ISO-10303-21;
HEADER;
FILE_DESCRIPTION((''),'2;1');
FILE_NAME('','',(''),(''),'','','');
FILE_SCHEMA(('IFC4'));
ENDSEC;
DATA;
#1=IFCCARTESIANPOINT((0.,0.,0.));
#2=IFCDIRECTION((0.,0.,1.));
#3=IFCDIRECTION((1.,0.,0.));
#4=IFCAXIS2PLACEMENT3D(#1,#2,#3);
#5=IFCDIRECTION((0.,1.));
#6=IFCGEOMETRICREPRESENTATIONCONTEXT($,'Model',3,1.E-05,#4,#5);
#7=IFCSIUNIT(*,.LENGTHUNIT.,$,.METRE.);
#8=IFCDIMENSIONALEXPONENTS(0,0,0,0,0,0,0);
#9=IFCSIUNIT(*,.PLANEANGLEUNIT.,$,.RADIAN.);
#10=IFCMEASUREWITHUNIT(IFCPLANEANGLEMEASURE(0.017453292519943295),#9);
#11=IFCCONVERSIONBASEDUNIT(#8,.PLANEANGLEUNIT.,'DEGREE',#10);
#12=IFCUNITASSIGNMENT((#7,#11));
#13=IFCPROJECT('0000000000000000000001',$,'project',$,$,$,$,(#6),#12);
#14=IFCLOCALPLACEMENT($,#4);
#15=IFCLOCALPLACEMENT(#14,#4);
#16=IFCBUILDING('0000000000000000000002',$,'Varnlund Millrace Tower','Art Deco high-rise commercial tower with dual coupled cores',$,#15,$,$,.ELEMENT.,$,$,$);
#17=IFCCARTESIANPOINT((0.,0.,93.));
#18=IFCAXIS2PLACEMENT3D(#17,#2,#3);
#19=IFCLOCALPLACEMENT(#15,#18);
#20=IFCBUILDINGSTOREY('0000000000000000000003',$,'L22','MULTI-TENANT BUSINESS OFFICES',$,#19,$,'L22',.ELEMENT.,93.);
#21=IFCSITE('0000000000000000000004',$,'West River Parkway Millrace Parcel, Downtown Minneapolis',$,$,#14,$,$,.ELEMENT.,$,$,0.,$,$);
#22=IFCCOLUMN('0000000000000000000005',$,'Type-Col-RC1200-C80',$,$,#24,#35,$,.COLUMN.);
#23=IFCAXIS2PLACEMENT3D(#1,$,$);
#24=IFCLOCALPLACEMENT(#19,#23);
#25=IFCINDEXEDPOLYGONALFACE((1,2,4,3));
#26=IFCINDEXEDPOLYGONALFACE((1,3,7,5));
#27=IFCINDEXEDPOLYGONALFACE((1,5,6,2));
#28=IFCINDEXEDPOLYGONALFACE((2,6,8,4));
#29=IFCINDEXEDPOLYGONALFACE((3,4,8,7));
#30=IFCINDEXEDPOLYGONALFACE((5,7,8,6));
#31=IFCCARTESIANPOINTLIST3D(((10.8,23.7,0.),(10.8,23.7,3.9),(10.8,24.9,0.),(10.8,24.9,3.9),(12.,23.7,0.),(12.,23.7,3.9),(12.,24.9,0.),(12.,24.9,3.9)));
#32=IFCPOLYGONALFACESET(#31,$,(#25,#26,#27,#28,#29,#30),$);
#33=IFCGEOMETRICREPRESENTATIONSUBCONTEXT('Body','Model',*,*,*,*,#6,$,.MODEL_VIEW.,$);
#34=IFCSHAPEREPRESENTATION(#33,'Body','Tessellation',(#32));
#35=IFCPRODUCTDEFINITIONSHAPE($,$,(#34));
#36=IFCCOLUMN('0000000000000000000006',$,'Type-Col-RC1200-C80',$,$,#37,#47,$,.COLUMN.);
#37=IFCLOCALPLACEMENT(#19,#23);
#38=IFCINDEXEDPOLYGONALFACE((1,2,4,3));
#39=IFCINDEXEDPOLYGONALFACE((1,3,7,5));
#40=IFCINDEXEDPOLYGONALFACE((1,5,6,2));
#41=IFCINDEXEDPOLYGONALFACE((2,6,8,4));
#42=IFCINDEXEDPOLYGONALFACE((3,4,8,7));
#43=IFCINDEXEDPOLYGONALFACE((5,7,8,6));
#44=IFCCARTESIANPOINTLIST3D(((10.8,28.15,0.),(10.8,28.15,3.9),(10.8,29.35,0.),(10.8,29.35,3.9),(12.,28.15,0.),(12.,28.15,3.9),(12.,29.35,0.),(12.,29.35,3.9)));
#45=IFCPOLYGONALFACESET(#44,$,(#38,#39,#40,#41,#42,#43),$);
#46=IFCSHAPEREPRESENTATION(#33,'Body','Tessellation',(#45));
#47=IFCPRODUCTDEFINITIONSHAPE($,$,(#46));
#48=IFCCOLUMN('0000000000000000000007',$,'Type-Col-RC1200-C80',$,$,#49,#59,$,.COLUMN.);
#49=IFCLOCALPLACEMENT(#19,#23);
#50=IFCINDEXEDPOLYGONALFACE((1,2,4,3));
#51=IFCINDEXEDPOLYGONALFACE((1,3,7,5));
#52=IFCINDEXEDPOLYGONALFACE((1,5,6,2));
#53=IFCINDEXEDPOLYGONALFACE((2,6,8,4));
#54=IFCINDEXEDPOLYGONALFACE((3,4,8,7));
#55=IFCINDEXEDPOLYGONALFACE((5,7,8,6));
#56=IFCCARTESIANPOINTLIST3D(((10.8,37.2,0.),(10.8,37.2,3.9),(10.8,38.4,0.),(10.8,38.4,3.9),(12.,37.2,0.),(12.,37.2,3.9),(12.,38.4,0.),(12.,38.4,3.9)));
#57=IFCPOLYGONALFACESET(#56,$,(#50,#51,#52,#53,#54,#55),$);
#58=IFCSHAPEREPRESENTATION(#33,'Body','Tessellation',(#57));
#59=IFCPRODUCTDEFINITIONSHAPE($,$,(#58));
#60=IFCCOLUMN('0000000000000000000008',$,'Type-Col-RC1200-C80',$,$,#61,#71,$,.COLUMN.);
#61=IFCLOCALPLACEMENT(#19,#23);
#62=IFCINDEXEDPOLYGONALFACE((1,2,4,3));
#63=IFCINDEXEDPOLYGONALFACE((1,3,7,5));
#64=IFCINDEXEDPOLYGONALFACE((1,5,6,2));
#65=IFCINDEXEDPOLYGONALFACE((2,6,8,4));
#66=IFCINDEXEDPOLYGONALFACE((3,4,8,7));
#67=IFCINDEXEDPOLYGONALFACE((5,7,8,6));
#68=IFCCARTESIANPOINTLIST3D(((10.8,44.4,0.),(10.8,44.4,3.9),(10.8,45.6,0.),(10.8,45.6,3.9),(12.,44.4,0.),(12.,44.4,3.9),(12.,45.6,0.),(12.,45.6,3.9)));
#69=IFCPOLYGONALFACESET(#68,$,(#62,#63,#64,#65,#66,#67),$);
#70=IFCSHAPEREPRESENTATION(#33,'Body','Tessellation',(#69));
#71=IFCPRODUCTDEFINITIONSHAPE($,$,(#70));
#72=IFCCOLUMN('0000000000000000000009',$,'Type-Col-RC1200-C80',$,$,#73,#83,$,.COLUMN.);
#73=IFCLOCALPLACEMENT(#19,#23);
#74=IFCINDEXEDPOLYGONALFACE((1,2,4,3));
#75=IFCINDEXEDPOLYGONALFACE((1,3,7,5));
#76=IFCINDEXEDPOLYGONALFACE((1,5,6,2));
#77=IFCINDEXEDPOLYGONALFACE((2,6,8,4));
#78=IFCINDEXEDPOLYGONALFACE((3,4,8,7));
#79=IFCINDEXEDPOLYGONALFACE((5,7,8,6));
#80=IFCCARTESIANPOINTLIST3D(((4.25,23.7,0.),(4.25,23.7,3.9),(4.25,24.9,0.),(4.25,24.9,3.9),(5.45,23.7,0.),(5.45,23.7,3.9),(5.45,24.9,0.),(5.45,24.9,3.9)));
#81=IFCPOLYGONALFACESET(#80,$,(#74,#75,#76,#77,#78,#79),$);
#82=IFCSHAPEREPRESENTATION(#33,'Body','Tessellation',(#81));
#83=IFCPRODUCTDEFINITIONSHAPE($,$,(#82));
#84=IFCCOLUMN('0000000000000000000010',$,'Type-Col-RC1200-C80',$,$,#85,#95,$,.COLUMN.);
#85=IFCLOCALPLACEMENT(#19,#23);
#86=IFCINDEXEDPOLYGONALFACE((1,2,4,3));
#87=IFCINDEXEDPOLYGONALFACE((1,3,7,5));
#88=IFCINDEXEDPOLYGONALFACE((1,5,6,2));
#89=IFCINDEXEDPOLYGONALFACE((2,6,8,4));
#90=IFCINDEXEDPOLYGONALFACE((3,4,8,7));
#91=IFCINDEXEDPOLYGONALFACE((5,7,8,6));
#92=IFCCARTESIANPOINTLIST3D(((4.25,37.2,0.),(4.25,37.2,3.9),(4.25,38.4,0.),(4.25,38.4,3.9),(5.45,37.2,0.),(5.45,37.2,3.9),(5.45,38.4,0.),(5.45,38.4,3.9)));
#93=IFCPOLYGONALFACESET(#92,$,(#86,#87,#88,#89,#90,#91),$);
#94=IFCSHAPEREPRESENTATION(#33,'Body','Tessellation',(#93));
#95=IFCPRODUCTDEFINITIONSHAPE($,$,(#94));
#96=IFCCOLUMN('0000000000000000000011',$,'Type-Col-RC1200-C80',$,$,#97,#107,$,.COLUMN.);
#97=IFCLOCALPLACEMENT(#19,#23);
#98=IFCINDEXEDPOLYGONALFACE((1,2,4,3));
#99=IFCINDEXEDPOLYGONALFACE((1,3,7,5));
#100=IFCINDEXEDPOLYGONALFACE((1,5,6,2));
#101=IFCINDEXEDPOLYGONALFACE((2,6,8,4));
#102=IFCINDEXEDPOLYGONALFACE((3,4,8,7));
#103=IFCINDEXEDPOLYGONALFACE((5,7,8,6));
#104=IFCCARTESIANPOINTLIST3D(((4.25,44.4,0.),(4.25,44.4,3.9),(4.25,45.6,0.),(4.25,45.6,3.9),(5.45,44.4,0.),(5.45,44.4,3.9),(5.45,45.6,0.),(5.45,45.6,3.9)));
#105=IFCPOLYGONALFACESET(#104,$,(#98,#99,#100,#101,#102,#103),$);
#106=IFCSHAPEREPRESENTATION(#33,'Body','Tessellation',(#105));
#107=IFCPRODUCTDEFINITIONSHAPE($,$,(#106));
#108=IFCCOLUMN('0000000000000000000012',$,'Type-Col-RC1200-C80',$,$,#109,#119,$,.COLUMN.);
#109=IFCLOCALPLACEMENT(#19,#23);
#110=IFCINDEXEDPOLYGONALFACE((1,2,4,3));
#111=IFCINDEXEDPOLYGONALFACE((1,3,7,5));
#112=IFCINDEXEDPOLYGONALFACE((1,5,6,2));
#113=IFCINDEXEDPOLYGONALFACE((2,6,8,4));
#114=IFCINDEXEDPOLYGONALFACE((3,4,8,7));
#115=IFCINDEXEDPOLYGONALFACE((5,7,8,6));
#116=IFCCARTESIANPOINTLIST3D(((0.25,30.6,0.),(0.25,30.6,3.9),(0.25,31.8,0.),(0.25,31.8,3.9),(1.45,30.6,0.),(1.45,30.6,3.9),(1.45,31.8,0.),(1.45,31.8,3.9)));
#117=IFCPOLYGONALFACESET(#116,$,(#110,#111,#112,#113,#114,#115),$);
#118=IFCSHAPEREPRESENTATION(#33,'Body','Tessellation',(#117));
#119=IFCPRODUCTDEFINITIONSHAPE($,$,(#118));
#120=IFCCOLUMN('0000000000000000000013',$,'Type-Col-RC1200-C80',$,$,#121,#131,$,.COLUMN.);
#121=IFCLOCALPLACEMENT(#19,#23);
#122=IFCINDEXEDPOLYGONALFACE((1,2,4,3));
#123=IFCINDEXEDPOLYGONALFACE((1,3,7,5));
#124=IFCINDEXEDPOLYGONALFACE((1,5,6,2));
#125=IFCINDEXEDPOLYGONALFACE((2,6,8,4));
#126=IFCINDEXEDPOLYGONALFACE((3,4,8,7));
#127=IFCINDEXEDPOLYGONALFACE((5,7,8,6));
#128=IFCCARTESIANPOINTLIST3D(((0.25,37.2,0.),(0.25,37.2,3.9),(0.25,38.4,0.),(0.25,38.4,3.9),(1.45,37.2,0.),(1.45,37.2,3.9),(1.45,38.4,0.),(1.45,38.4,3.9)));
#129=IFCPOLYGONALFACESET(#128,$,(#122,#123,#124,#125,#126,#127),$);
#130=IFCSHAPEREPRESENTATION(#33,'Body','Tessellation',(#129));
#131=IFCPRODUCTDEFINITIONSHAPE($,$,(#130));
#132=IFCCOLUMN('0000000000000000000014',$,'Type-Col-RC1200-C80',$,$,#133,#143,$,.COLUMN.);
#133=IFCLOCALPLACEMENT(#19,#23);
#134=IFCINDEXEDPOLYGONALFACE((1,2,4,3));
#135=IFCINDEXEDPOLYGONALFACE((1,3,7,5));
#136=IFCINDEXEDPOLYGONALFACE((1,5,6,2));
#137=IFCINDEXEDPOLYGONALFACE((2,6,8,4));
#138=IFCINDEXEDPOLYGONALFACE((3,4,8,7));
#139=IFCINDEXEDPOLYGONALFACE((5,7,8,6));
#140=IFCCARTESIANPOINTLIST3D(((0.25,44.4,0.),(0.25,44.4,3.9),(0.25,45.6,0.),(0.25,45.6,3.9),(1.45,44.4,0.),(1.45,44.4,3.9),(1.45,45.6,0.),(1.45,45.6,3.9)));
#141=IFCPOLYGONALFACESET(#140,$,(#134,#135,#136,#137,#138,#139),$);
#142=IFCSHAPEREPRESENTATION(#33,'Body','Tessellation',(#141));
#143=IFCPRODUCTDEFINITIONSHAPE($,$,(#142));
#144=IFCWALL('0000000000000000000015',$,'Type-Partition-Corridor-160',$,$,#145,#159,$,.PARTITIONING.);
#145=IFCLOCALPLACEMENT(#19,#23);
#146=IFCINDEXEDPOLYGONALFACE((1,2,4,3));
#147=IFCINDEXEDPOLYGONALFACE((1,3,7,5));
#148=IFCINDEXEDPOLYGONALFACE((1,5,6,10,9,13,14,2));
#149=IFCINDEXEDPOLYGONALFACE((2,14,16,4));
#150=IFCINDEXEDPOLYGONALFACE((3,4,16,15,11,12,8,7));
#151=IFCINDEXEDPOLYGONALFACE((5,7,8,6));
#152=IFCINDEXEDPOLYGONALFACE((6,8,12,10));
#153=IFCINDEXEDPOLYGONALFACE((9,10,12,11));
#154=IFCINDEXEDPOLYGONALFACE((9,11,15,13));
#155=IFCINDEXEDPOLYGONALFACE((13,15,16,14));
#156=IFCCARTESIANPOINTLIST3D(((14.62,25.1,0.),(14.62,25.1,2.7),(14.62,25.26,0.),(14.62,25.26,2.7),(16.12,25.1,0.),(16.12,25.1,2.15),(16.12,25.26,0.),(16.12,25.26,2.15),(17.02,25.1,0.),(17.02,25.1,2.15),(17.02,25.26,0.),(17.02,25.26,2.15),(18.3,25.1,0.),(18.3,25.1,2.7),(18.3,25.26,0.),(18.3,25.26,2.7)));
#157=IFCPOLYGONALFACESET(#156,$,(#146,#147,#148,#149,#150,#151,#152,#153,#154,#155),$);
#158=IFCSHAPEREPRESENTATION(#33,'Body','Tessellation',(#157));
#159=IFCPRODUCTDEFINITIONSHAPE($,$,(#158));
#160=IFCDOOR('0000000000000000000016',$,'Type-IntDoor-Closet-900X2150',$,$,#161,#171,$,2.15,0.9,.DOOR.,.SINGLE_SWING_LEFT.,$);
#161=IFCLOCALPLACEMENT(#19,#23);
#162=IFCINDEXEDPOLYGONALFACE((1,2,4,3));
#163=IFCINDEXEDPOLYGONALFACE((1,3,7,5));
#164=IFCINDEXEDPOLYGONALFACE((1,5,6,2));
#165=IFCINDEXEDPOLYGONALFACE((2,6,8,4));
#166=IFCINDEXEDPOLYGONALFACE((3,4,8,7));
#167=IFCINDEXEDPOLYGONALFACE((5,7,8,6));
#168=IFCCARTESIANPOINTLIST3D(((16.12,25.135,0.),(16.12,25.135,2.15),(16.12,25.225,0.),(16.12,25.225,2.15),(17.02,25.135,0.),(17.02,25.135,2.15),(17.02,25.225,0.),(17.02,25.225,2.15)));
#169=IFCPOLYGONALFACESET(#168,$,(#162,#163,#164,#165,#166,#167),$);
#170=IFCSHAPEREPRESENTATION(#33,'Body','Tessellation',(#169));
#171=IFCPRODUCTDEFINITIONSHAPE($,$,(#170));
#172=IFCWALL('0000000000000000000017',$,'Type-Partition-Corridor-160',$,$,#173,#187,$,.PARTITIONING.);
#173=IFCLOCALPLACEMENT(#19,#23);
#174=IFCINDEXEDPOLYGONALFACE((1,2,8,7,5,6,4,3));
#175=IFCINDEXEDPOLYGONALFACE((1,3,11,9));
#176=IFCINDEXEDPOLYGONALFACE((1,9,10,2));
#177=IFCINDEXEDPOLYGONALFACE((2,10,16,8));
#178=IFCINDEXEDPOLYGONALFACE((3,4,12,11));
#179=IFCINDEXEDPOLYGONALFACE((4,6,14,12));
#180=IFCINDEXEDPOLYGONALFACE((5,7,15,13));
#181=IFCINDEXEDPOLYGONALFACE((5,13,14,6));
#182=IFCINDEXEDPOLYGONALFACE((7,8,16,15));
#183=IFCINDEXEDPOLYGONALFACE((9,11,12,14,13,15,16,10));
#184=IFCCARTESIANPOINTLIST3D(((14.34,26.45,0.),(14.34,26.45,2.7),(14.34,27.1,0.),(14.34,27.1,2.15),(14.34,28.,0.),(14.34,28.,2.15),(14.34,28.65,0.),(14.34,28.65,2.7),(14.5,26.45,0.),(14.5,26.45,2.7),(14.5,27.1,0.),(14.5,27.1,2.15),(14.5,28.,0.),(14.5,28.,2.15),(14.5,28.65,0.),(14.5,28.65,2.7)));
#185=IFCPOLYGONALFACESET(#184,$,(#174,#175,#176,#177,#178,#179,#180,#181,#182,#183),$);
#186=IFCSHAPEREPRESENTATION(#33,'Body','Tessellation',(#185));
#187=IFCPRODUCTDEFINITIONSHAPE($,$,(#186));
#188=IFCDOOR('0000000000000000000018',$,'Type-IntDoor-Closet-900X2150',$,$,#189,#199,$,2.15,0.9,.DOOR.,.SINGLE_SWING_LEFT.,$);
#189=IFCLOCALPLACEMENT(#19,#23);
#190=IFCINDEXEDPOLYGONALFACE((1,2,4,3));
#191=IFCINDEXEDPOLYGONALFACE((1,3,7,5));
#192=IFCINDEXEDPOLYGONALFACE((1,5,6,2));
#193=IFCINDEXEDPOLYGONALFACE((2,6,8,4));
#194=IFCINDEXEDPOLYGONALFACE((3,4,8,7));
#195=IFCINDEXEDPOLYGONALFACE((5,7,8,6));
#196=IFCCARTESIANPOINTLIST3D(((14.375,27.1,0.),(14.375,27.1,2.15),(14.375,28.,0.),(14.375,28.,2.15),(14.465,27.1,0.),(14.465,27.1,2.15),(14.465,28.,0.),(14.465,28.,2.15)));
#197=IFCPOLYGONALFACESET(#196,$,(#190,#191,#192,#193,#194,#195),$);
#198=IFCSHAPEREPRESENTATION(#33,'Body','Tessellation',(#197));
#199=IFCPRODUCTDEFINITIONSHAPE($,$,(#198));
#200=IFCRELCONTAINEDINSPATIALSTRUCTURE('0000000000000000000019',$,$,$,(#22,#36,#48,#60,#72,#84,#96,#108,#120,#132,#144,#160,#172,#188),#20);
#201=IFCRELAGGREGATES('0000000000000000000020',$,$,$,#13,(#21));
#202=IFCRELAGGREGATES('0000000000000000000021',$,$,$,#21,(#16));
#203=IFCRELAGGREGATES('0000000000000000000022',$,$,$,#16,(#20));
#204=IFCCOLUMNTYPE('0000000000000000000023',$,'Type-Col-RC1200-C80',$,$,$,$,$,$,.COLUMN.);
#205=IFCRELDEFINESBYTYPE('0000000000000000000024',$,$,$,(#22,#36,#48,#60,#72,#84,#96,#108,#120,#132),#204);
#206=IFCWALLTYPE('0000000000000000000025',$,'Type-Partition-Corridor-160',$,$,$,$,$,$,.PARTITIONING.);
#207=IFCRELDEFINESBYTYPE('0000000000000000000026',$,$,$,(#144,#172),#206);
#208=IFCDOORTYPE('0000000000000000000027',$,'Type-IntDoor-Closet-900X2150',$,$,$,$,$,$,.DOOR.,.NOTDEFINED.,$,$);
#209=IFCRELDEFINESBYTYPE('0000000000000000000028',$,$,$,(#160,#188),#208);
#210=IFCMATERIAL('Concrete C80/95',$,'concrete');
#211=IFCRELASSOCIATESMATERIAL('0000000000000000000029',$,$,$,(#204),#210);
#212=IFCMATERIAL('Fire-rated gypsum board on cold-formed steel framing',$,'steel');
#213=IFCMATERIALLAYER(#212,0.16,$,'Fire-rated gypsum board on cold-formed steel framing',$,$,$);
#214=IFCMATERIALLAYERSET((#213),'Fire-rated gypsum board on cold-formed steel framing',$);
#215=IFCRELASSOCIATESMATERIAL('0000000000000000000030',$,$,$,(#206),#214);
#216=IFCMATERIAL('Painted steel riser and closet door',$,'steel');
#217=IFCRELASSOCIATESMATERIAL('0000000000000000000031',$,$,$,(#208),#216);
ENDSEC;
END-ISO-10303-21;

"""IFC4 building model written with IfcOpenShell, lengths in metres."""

from ifc_helpers import new_model, entity, si_unit, converted_unit, direction, frame, origin_with_axes, origin_2d_with_axis, place, context, subcontext, project, spatial, polyline, rectangle, outline, extrude, material, layer, layer_set, material_profile, profile_set, type_object, element, fill, save


model = new_model("IFC4")

# Units and contexts
model_context = context("Model", 3, precision=1e-05, world=origin_with_axes(), true_north=direction((0.0, 1.0)))
body_context = subcontext(model_context, "Body", "Model", "MODEL_VIEW")
ifc_project = project(units=[si_unit("LENGTHUNIT", "METRE"), converted_unit("PLANEANGLEUNIT", "DEGREE", entity("IfcPlaneAngleMeasure", 0.017453292519943295), si_unit("PLANEANGLEUNIT", "RADIAN"), dimensions=[0, 0, 0, 0, 0, 0, 0])], contexts=[model_context])

# Site, building, storey
site_placement = place(None, origin_with_axes())
site = spatial("IfcSite", under=ifc_project, at=site_placement, Name="West River Parkway Millrace Parcel, Downtown Minneapolis", CompositionType="ELEMENT", RefElevation=0.0)
building_placement = place(site_placement, origin_with_axes())
building = spatial("IfcBuilding", under=site, at=building_placement, Name="Varnlund Millrace Tower", Description="Art Deco high-rise commercial tower with dual coupled cores", CompositionType="ELEMENT")
storey_placement = place(building_placement, frame((0.0, 0.0, 93.0), z_axis=(0.0, 0.0, 1.0), x_axis=(1.0, 0.0, 0.0)))
storey = spatial("IfcBuildingStorey", under=building, at=storey_placement, Name="L22", Description="MULTI-TENANT BUSINESS OFFICES", LongName="L22", CompositionType="ELEMENT", Elevation=93.0)

# Columns
ifc_material_1 = material(Name="Concrete C80/95", Category="concrete")
ifc_material_profile = material_profile(ifc_material_1, rectangle(XDim=1.2, YDim=1.2, at=origin_2d_with_axis()), Name="Concrete C80/95")
ifc_profile_set = profile_set([ifc_material_profile], Name="Concrete C80/95")
column_type = type_object("IfcColumnType", Name="Type-Col-RC1200-C80", PredefinedType="COLUMN", material=ifc_profile_set)
for number, where, z_axis, x_axis, name in (
    (1, (11.4, 24.3, 0.0), (0.0, 0.0, 1.0), (1.0, 0.0, 0.0), "Type-Col-RC1200-C80"),
    (2, (11.4, 28.75, 0.0), (0.0, 0.0, 1.0), (1.0, 0.0, 0.0), "Type-Col-RC1200-C80"),
    (3, (11.4, 37.8, 0.0), (0.0, 0.0, 1.0), (1.0, 0.0, 0.0), "Type-Col-RC1200-C80"),
    (4, (11.4, 45.0, 0.0), (0.0, 0.0, 1.0), (1.0, 0.0, 0.0), "Type-Col-RC1200-C80"),
    (5, (4.85, 24.3, 0.0), (0.0, 0.0, 1.0), (1.0, 0.0, 0.0), "Type-Col-RC1200-C80"),
    (6, (4.85, 37.8, 0.0), (0.0, 0.0, 1.0), (1.0, 0.0, 0.0), "Type-Col-RC1200-C80"),
    (7, (4.85, 45.0, 0.0), (0.0, 0.0, 1.0), (1.0, 0.0, 0.0), "Type-Col-RC1200-C80"),
    (8, (0.85, 31.2, 0.0), (0.0, 0.0, 1.0), (1.0, 0.0, 0.0), "Type-Col-RC1200-C80"),
    (9, (0.85, 37.8, 0.0), (0.0, 0.0, 1.0), (1.0, 0.0, 0.0), "Type-Col-RC1200-C80"),
    (10, (0.85, 45.0, 0.0), (0.0, 0.0, 1.0), (1.0, 0.0, 0.0), "Type-Col-RC1200-C80"),
):
    element("IfcColumn", number, at=place(storey_placement, frame(where, z_axis=z_axis, x_axis=x_axis)), inside=storey, type_object=column_type, Name=name, PredefinedType="COLUMN", context=body_context, shape_type="SweptSolid", body=[
        extrude(rectangle(XDim=1.2, YDim=1.2, at=origin_2d_with_axis()), origin_with_axes(), (0.0, 0.0, 1.0), 3.9),
    ])

# Walls, openings, doors
ifc_material_2 = material(Name="Fire-rated gypsum board on cold-formed steel framing", Category="steel")
ifc_layer_1 = layer(ifc_material_2, 0.16, Name="Fire-rated gypsum board on cold-formed steel framing")
ifc_layer_set_1 = layer_set([ifc_layer_1], Name="Fire-rated gypsum board on cold-formed steel framing")
wall_type_1 = type_object("IfcWallType", Name="Type-Partition-Corridor-160", PredefinedType="PARTITIONING", material=ifc_layer_set_1)
wall_1_placement = place(storey_placement, frame((14.62, 25.18, 0.0), z_axis=(0.0, 0.0, 1.0), x_axis=(1.0, 0.0, 0.0)))
wall_1 = element("IfcWall", 11, at=wall_1_placement, inside=storey, type_object=wall_type_1, Name="Type-Partition-Corridor-160", PredefinedType="PARTITIONING", context=body_context, shape_type="SweptSolid", body=[
    extrude(outline(polyline([(0.0, -0.08), (3.68, -0.08), (3.68, 0.08), (0.0, 0.08), (0.0, -0.08)])), origin_with_axes(), (0.0, 0.0, 1.0), 2.7),
])
opening_1_placement = place(wall_1_placement, frame((1.95, 0.0, 0.0), z_axis=(0.0, 0.0, 1.0), x_axis=(1.0, 0.0, 0.0)))
opening_1 = element("IfcOpeningElement", 12, at=opening_1_placement, cuts=wall_1, PredefinedType="OPENING", context=body_context, shape_type="SweptSolid", body=[
    extrude(rectangle(XDim=0.9, YDim=0.18, at=origin_2d_with_axis()), origin_with_axes(), (0.0, 0.0, 1.0), 2.15),
])
ifc_material_3 = material(Name="Painted steel riser and closet door", Category="steel")
door_type_1 = type_object("IfcDoorType", Name="Type-IntDoor-Closet-900X2150", OperationType="NOTDEFINED", PredefinedType="DOOR", material=ifc_material_3)
door_1_placement = place(wall_1_placement, frame((1.95, 0.0, 0.0), z_axis=(0.0, 0.0, 1.0), x_axis=(1.0, 0.0, 0.0)))
door_1 = element("IfcDoor", 13, at=door_1_placement, inside=storey, type_object=door_type_1, Name="Type-IntDoor-Closet-900X2150", OperationType="SINGLE_SWING_LEFT", OverallHeight=2.15, OverallWidth=0.9, PredefinedType="DOOR", context=body_context, shape_type="SweptSolid", body=[
    extrude(rectangle(XDim=0.9, YDim=0.09, at=origin_2d_with_axis()), origin_with_axes(), (0.0, 0.0, 1.0), 2.15),
])
fill(opening_1, door_1)
wall_2_placement = place(storey_placement, frame((14.42, 26.45, 0.0), z_axis=(0.0, 0.0, 1.0), x_axis=(0.0, 1.0, 0.0)))
wall_2 = element("IfcWall", 14, at=wall_2_placement, inside=storey, type_object=wall_type_1, Name="Type-Partition-Corridor-160", PredefinedType="PARTITIONING", context=body_context, shape_type="SweptSolid", body=[
    extrude(outline(polyline([(0.0, -0.08), (2.2, -0.08), (2.2, 0.08), (0.0, 0.08), (0.0, -0.08)])), origin_with_axes(), (0.0, 0.0, 1.0), 2.7),
])
opening_2_placement = place(wall_2_placement, frame((1.1, 0.0, 0.0), z_axis=(0.0, 0.0, 1.0), x_axis=(1.0, 0.0, 0.0)))
opening_2 = element("IfcOpeningElement", 15, at=opening_2_placement, cuts=wall_2, PredefinedType="OPENING", context=body_context, shape_type="SweptSolid", body=[
    extrude(rectangle(XDim=0.9, YDim=0.18, at=origin_2d_with_axis()), origin_with_axes(), (0.0, 0.0, 1.0), 2.15),
])
door_2_placement = place(wall_2_placement, frame((1.1, 0.0, 0.0), z_axis=(0.0, 0.0, 1.0), x_axis=(1.0, 0.0, 0.0)))
door_2 = element("IfcDoor", 16, at=door_2_placement, inside=storey, type_object=door_type_1, Name="Type-IntDoor-Closet-900X2150", OperationType="SINGLE_SWING_LEFT", OverallHeight=2.15, OverallWidth=0.9, PredefinedType="DOOR", context=body_context, shape_type="SweptSolid", body=[
    extrude(rectangle(XDim=0.9, YDim=0.09, at=origin_2d_with_axis()), origin_with_axes(), (0.0, 0.0, 1.0), 2.15),
])
fill(opening_2, door_2)

save(model, "model.ifc")
